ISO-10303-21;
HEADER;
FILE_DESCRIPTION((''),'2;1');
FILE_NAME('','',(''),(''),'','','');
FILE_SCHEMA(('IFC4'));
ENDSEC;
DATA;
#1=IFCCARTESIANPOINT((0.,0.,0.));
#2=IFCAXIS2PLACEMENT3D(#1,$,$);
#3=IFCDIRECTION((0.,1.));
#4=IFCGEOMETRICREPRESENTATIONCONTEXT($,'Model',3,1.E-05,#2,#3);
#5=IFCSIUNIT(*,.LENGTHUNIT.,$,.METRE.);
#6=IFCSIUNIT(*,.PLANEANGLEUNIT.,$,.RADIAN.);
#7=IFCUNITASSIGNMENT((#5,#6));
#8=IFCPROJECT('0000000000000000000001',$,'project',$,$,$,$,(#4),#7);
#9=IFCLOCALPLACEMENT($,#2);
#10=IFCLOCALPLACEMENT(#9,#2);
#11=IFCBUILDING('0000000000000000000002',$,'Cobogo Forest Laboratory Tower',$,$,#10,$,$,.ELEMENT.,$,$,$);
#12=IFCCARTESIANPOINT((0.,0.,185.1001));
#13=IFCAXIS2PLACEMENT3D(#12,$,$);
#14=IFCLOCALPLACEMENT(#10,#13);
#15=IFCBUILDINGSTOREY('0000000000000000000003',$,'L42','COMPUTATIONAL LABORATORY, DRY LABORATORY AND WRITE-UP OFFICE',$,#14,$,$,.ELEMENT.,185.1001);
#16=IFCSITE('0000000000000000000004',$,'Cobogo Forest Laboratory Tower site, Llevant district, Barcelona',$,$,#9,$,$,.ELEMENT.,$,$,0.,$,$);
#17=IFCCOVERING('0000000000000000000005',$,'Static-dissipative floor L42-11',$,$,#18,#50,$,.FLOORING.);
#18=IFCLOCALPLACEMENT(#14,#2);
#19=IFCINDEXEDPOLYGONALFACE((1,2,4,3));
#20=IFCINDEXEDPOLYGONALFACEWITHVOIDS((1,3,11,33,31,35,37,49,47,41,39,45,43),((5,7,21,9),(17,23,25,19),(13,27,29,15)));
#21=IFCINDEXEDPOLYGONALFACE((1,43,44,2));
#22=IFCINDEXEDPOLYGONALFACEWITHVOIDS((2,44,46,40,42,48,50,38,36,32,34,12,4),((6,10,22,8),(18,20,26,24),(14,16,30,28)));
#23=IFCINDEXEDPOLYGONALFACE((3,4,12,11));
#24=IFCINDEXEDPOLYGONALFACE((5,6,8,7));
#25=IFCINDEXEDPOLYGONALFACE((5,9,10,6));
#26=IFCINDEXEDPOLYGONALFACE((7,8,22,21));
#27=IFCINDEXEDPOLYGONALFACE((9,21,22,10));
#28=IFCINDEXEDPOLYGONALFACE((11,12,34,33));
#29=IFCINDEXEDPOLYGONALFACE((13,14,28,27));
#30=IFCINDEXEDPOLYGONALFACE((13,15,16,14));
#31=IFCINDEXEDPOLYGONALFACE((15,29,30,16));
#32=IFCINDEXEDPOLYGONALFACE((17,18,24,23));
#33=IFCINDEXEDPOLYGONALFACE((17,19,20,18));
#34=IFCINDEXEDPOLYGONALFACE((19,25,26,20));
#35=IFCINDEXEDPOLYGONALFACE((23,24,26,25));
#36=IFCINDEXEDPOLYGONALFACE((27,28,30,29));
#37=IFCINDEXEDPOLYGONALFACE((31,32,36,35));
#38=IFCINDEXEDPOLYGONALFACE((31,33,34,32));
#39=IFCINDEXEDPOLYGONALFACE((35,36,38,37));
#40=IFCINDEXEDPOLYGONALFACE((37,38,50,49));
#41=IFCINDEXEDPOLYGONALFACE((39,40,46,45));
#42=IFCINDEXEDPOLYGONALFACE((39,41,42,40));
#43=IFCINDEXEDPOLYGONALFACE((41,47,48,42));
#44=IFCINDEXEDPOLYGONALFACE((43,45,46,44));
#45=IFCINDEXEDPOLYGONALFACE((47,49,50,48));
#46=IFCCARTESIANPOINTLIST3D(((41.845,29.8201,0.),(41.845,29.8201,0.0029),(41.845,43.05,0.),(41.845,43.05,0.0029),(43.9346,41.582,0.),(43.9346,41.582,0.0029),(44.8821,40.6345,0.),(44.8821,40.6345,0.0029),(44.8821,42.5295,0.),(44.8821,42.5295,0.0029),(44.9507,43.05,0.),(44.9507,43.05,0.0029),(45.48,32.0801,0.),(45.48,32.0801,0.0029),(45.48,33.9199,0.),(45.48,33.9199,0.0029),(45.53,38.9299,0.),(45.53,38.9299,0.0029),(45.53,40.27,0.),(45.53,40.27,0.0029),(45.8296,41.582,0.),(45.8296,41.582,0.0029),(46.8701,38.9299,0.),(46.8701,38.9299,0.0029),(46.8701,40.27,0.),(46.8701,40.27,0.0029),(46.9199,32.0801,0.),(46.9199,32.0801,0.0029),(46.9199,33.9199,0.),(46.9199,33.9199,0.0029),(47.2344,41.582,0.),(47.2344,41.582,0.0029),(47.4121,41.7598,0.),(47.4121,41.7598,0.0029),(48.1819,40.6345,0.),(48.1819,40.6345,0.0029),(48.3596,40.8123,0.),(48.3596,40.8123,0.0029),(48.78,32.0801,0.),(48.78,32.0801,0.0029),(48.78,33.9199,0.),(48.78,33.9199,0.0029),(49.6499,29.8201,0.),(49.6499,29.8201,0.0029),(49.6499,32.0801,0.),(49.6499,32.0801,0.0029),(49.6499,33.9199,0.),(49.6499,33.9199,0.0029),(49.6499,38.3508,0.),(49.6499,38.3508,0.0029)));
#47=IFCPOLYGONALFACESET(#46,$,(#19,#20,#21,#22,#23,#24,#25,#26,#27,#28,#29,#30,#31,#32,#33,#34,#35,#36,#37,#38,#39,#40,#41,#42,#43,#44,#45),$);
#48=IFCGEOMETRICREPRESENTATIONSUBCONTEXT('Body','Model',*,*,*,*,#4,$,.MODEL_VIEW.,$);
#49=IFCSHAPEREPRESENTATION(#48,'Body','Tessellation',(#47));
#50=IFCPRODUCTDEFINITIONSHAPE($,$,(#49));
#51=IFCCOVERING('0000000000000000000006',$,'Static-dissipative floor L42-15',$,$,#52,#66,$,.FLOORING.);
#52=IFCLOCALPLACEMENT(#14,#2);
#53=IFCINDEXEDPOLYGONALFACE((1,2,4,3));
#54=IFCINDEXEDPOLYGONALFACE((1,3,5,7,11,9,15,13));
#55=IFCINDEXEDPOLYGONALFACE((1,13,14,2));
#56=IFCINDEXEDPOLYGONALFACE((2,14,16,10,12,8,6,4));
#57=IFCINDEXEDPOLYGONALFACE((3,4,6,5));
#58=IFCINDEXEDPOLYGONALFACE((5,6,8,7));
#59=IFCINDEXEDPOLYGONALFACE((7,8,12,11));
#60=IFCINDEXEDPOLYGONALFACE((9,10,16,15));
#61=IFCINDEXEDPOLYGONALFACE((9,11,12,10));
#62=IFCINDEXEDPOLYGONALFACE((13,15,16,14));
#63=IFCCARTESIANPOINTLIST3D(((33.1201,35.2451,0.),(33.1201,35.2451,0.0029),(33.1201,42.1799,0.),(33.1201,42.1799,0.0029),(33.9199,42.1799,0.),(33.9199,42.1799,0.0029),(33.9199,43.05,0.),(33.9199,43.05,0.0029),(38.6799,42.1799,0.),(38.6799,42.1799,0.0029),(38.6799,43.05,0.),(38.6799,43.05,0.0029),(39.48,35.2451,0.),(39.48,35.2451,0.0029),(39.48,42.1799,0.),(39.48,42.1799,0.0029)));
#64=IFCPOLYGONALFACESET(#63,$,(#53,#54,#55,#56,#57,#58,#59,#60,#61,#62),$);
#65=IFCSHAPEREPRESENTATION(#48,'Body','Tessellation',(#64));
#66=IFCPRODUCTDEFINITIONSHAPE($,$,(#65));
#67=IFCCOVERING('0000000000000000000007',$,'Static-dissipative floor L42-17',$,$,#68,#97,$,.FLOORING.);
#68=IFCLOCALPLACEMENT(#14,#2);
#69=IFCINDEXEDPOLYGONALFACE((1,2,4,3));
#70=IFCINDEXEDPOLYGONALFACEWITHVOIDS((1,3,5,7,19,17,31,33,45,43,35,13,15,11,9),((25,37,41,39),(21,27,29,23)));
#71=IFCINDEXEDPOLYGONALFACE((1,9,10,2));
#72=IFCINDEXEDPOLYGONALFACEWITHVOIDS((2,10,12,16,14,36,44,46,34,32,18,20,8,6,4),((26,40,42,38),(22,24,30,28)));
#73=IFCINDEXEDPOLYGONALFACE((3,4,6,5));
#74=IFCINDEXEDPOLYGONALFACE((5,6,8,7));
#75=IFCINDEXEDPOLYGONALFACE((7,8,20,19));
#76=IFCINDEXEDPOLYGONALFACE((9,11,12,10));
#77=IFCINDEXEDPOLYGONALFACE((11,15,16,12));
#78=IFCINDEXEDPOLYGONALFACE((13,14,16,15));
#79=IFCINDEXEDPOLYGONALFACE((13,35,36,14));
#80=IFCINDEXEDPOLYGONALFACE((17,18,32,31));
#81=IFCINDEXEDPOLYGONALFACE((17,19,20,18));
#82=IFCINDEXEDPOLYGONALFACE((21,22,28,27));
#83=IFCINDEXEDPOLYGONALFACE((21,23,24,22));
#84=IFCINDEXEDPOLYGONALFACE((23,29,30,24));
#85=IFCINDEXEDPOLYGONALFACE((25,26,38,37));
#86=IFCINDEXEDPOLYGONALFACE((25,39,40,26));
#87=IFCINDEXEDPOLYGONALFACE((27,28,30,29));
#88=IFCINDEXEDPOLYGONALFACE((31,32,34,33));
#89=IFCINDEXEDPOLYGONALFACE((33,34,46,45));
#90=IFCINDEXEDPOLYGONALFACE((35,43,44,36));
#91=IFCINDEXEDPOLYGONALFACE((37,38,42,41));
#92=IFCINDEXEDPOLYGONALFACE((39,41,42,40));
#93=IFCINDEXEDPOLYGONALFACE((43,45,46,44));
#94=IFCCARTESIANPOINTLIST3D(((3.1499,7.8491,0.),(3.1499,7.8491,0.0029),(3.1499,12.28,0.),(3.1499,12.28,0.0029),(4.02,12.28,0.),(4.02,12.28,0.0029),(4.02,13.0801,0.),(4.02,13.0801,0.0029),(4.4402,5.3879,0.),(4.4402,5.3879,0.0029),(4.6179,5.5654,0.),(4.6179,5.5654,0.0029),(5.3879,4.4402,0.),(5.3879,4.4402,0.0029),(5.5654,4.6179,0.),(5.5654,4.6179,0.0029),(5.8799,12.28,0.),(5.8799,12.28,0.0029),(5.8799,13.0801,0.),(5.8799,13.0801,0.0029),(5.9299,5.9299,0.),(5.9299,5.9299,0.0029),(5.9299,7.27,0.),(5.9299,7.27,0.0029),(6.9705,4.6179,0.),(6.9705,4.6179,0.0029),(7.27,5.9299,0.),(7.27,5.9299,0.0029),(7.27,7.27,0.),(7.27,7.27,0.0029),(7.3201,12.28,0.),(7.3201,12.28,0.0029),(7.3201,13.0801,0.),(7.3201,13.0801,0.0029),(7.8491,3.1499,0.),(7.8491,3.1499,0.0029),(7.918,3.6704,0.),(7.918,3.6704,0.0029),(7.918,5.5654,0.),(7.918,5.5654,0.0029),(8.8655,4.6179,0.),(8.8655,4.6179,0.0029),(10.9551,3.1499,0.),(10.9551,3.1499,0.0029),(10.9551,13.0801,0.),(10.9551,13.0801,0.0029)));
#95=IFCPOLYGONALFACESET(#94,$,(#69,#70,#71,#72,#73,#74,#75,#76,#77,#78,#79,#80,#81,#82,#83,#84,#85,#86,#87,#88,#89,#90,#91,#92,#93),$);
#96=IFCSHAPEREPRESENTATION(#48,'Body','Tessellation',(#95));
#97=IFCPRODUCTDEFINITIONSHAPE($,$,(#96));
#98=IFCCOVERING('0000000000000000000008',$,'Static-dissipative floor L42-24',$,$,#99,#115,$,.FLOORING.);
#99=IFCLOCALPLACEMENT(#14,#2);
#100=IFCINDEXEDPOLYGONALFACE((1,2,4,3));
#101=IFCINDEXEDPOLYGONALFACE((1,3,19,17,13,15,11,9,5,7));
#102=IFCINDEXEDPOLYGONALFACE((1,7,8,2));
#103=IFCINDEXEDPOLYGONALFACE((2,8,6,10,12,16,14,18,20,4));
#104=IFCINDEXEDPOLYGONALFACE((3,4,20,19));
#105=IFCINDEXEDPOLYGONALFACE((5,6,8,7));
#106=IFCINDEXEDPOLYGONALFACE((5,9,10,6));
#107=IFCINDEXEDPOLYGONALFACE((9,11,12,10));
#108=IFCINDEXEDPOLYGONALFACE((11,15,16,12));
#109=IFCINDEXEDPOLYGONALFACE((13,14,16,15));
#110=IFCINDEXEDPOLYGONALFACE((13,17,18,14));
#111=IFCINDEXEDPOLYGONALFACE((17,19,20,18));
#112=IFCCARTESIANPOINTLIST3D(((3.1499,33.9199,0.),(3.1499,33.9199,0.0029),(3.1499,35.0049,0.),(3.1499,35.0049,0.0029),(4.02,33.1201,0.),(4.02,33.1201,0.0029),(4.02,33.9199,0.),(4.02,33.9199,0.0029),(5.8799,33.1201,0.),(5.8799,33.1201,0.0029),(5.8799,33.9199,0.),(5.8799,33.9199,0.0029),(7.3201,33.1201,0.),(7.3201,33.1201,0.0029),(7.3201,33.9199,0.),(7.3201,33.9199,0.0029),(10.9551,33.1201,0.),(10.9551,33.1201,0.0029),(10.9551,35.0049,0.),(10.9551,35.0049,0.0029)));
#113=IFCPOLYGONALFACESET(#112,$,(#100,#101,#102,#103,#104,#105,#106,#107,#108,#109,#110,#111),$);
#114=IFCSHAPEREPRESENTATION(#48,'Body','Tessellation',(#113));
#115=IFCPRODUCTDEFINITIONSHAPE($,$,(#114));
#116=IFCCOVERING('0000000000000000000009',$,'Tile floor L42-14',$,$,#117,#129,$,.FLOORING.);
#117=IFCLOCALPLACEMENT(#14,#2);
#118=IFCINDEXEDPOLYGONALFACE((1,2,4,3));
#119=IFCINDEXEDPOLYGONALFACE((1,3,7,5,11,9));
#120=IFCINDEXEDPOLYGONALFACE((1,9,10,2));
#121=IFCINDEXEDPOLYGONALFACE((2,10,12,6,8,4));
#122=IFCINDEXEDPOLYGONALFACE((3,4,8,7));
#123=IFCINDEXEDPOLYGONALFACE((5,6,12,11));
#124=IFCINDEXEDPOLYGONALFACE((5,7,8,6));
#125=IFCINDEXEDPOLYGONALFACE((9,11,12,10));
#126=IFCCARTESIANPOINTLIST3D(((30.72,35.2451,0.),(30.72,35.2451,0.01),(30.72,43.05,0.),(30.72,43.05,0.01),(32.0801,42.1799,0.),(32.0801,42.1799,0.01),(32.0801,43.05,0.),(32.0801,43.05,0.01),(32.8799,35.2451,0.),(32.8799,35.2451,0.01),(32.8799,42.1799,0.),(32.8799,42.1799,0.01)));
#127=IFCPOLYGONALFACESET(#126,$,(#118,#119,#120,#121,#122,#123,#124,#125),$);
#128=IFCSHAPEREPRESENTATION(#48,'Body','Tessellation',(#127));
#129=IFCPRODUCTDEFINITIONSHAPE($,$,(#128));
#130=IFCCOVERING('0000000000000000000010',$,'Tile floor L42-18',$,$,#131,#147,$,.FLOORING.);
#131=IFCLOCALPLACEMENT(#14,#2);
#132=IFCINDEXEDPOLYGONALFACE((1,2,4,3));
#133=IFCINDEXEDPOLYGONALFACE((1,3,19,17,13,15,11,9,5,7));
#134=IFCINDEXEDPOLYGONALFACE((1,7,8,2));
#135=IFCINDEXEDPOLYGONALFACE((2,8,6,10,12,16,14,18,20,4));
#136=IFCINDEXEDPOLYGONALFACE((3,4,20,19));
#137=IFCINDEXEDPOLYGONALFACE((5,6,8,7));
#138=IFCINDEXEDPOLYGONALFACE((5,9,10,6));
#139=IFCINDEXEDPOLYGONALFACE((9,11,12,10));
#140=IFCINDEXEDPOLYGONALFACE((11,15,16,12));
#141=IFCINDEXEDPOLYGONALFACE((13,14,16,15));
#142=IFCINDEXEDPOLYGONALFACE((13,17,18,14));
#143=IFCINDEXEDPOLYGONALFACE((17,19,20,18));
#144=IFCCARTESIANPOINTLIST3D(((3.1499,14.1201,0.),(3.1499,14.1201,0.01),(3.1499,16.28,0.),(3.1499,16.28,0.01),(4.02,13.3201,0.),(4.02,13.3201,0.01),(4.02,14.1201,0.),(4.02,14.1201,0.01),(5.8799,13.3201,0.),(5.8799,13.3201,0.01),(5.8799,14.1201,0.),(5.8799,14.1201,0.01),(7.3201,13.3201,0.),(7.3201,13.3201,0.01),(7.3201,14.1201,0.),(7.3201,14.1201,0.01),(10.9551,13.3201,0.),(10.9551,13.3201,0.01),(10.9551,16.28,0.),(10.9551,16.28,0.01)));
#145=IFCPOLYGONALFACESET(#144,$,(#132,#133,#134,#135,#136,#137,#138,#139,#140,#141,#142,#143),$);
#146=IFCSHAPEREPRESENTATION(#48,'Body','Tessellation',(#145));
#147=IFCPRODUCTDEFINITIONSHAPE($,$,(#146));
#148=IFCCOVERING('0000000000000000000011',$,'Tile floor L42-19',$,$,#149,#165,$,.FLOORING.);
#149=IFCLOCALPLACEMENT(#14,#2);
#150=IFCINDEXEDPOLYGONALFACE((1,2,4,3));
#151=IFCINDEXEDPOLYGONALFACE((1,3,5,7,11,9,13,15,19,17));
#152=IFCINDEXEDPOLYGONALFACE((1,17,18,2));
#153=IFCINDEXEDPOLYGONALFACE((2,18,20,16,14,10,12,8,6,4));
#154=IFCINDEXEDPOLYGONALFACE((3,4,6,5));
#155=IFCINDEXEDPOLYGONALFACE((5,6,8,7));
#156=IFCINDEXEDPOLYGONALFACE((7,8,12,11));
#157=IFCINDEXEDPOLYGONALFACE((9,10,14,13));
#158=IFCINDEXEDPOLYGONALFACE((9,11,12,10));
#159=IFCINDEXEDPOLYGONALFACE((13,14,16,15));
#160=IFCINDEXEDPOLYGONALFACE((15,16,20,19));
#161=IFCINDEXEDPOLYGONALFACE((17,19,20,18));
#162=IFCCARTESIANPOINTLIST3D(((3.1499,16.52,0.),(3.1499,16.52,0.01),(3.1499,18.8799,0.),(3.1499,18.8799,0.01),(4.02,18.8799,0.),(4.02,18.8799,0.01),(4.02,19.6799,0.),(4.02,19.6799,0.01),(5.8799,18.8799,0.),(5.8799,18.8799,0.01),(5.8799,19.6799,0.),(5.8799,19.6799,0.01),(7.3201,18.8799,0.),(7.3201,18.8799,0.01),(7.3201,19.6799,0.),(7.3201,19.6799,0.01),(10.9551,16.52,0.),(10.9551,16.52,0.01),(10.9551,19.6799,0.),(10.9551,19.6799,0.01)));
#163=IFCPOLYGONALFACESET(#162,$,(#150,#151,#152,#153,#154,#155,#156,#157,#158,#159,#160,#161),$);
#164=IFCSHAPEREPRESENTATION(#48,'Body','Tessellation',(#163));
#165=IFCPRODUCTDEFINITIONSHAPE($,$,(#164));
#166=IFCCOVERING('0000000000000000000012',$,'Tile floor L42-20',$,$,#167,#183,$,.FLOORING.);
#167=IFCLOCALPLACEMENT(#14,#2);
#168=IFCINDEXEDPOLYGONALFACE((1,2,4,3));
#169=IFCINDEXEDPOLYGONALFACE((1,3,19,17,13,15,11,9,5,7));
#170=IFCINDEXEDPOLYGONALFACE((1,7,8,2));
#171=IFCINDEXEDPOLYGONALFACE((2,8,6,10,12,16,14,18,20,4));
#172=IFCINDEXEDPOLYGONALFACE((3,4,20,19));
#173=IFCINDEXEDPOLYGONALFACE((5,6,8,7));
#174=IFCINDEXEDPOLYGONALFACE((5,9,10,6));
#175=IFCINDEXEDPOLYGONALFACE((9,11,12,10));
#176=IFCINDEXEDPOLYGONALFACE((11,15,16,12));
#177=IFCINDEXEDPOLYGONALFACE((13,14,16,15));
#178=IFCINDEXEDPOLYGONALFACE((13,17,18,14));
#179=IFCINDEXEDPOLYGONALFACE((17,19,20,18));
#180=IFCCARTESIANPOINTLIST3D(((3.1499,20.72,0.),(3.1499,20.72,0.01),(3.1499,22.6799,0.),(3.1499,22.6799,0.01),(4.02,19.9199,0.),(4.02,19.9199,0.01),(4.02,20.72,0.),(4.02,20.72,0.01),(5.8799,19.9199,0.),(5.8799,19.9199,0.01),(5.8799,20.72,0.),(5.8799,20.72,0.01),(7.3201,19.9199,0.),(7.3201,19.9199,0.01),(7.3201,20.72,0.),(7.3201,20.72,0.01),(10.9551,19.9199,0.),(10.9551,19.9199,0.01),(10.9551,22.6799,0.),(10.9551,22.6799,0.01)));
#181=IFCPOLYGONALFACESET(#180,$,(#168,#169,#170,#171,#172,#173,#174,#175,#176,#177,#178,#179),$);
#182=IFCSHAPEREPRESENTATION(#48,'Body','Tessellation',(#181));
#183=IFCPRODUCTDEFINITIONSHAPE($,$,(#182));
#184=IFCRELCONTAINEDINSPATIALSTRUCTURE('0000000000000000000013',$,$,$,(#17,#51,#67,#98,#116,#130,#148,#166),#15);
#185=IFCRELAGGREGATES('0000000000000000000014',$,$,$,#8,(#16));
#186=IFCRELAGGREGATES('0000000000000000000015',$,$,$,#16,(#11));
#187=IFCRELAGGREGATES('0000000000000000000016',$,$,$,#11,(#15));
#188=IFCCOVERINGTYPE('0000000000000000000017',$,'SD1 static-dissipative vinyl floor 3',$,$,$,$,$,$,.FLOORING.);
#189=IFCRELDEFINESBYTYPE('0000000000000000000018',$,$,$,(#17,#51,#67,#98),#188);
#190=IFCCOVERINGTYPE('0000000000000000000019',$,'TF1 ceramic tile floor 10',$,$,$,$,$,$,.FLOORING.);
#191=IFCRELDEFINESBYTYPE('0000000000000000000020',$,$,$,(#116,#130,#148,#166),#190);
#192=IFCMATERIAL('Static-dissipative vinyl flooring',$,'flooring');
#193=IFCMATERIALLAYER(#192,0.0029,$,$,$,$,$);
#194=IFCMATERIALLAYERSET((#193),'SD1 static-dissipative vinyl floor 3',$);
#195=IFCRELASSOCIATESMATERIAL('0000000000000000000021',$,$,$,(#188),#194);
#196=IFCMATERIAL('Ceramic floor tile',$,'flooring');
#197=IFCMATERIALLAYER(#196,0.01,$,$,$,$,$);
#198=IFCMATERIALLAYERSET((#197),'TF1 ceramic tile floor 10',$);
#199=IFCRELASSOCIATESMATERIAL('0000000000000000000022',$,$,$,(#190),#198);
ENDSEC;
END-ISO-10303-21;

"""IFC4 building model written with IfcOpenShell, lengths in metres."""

from ifc_helpers import new_model, si_unit, direction, frame, origin, place, context, subcontext, project, spatial, polyline, outline, extrude, material, layer, layer_set, type_object, element, save


model = new_model("IFC4")

# Units and contexts
model_context = context("Model", 3, precision=1e-05, world=origin(), true_north=direction((0.0, 1.0)))
body_context = subcontext(model_context, "Body", "Model", "MODEL_VIEW")
ifc_project = project(units=[si_unit("LENGTHUNIT", "METRE"), si_unit("PLANEANGLEUNIT", "RADIAN")], contexts=[model_context])

# Site, building, storey
site_placement = place(None, origin())
site = spatial("IfcSite", under=ifc_project, at=site_placement, Name="Cobogo Forest Laboratory Tower site, Llevant district, Barcelona", CompositionType="ELEMENT", RefElevation=0.0)
building_placement = place(site_placement, origin())
building = spatial("IfcBuilding", under=site, at=building_placement, Name="Cobogo Forest Laboratory Tower", CompositionType="ELEMENT")
storey_placement = place(building_placement, frame((0.0, 0.0, 185.1001)))
storey = spatial("IfcBuildingStorey", under=building, at=storey_placement, Name="L42", Description="COMPUTATIONAL LABORATORY, DRY LABORATORY AND WRITE-UP OFFICE", CompositionType="ELEMENT", Elevation=185.1001)

# Coverings
ifc_material_1 = material(Name="Static-dissipative vinyl flooring", Category="flooring")
ifc_layer_1 = layer(ifc_material_1, 0.0029)
ifc_layer_set_1 = layer_set([ifc_layer_1], Name="SD1 static-dissipative vinyl floor 3")
covering_type_1 = type_object("IfcCoveringType", Name="SD1 static-dissipative vinyl floor 3", PredefinedType="FLOORING", material=ifc_layer_set_1)
covering_1_placement = place(storey_placement, origin())
element("IfcCovering", 1, at=covering_1_placement, inside=storey, type_object=covering_type_1, Name="Static-dissipative floor L42-11", PredefinedType="FLOORING", context=body_context, shape_type="SweptSolid", body=[
    extrude(outline(polyline([(41.845, 43.05), (44.9507, 43.05), (47.4121, 41.7598), (47.2344, 41.582), (48.1819, 40.6345), (48.3596, 40.8123), (49.6499, 38.3508), (49.6499, 33.9199), (48.78, 33.9199), (48.78, 32.0801), (49.6499, 32.0801), (49.6499, 29.8201), (41.845, 29.8201), (41.845, 43.05)]), holes=[polyline([(46.9199, 32.0801), (46.9199, 33.9199), (45.48, 33.9199), (45.48, 32.0801), (46.9199, 32.0801)]), polyline([(45.53, 40.27), (45.53, 38.9299), (46.8701, 38.9299), (46.8701, 40.27), (45.53, 40.27)]), polyline([(44.8821, 40.6345), (45.8296, 41.582), (44.8821, 42.5295), (43.9346, 41.582), (44.8821, 40.6345)])]), origin(), (0.0, 0.0, 1.0), 0.0029),
])
covering_2_placement = place(storey_placement, origin())
element("IfcCovering", 2, at=covering_2_placement, inside=storey, type_object=covering_type_1, Name="Static-dissipative floor L42-15", PredefinedType="FLOORING", context=body_context, shape_type="SweptSolid", body=[
    extrude(outline(polyline([(33.1201, 35.2451), (33.1201, 42.1799), (33.9199, 42.1799), (33.9199, 43.05), (38.6799, 43.05), (38.6799, 42.1799), (39.48, 42.1799), (39.48, 35.2451), (33.1201, 35.2451)])), origin(), (0.0, 0.0, 1.0), 0.0029),
])
covering_3_placement = place(storey_placement, origin())
element("IfcCovering", 3, at=covering_3_placement, inside=storey, type_object=covering_type_1, Name="Static-dissipative floor L42-17", PredefinedType="FLOORING", context=body_context, shape_type="SweptSolid", body=[
    extrude(outline(polyline([(10.9551, 3.1499), (7.8491, 3.1499), (5.3879, 4.4402), (5.5654, 4.6179), (4.6179, 5.5654), (4.4402, 5.3879), (3.1499, 7.8491), (3.1499, 12.28), (4.02, 12.28), (4.02, 13.0801), (5.8799, 13.0801), (5.8799, 12.28), (7.3201, 12.28), (7.3201, 13.0801), (10.9551, 13.0801), (10.9551, 3.1499)]), holes=[polyline([(7.918, 3.6704), (8.8655, 4.6179), (7.918, 5.5654), (6.9705, 4.6179), (7.918, 3.6704)]), polyline([(5.9299, 5.9299), (7.27, 5.9299), (7.27, 7.27), (5.9299, 7.27), (5.9299, 5.9299)])]), origin(), (0.0, 0.0, 1.0), 0.0029),
])
covering_4_placement = place(storey_placement, origin())
element("IfcCovering", 4, at=covering_4_placement, inside=storey, type_object=covering_type_1, Name="Static-dissipative floor L42-24", PredefinedType="FLOORING", context=body_context, shape_type="SweptSolid", body=[
    extrude(outline(polyline([(10.9551, 33.1201), (7.3201, 33.1201), (7.3201, 33.9199), (5.8799, 33.9199), (5.8799, 33.1201), (4.02, 33.1201), (4.02, 33.9199), (3.1499, 33.9199), (3.1499, 35.0049), (10.9551, 35.0049), (10.9551, 33.1201)])), origin(), (0.0, 0.0, 1.0), 0.0029),
])
ifc_material_2 = material(Name="Ceramic floor tile", Category="flooring")
ifc_layer_2 = layer(ifc_material_2, 0.01)
ifc_layer_set_2 = layer_set([ifc_layer_2], Name="TF1 ceramic tile floor 10")
covering_type_2 = type_object("IfcCoveringType", Name="TF1 ceramic tile floor 10", PredefinedType="FLOORING", material=ifc_layer_set_2)
covering_5_placement = place(storey_placement, origin())
element("IfcCovering", 5, at=covering_5_placement, inside=storey, type_object=covering_type_2, Name="Tile floor L42-14", PredefinedType="FLOORING", context=body_context, shape_type="SweptSolid", body=[
    extrude(outline(polyline([(30.72, 35.2451), (30.72, 43.05), (32.0801, 43.05), (32.0801, 42.1799), (32.8799, 42.1799), (32.8799, 35.2451), (30.72, 35.2451)])), origin(), (0.0, 0.0, 1.0), 0.01),
])
covering_6_placement = place(storey_placement, origin())
element("IfcCovering", 6, at=covering_6_placement, inside=storey, type_object=covering_type_2, Name="Tile floor L42-18", PredefinedType="FLOORING", context=body_context, shape_type="SweptSolid", body=[
    extrude(outline(polyline([(10.9551, 13.3201), (7.3201, 13.3201), (7.3201, 14.1201), (5.8799, 14.1201), (5.8799, 13.3201), (4.02, 13.3201), (4.02, 14.1201), (3.1499, 14.1201), (3.1499, 16.28), (10.9551, 16.28), (10.9551, 13.3201)])), origin(), (0.0, 0.0, 1.0), 0.01),
])
covering_7_placement = place(storey_placement, origin())
element("IfcCovering", 7, at=covering_7_placement, inside=storey, type_object=covering_type_2, Name="Tile floor L42-19", PredefinedType="FLOORING", context=body_context, shape_type="SweptSolid", body=[
    extrude(outline(polyline([(10.9551, 16.52), (3.1499, 16.52), (3.1499, 18.8799), (4.02, 18.8799), (4.02, 19.6799), (5.8799, 19.6799), (5.8799, 18.8799), (7.3201, 18.8799), (7.3201, 19.6799), (10.9551, 19.6799), (10.9551, 16.52)])), origin(), (0.0, 0.0, 1.0), 0.01),
])
covering_8_placement = place(storey_placement, origin())
element("IfcCovering", 8, at=covering_8_placement, inside=storey, type_object=covering_type_2, Name="Tile floor L42-20", PredefinedType="FLOORING", context=body_context, shape_type="SweptSolid", body=[
    extrude(outline(polyline([(10.9551, 19.9199), (7.3201, 19.9199), (7.3201, 20.72), (5.8799, 20.72), (5.8799, 19.9199), (4.02, 19.9199), (4.02, 20.72), (3.1499, 20.72), (3.1499, 22.6799), (10.9551, 22.6799), (10.9551, 19.9199)])), origin(), (0.0, 0.0, 1.0), 0.01),
])

save(model, "model.ifc")
